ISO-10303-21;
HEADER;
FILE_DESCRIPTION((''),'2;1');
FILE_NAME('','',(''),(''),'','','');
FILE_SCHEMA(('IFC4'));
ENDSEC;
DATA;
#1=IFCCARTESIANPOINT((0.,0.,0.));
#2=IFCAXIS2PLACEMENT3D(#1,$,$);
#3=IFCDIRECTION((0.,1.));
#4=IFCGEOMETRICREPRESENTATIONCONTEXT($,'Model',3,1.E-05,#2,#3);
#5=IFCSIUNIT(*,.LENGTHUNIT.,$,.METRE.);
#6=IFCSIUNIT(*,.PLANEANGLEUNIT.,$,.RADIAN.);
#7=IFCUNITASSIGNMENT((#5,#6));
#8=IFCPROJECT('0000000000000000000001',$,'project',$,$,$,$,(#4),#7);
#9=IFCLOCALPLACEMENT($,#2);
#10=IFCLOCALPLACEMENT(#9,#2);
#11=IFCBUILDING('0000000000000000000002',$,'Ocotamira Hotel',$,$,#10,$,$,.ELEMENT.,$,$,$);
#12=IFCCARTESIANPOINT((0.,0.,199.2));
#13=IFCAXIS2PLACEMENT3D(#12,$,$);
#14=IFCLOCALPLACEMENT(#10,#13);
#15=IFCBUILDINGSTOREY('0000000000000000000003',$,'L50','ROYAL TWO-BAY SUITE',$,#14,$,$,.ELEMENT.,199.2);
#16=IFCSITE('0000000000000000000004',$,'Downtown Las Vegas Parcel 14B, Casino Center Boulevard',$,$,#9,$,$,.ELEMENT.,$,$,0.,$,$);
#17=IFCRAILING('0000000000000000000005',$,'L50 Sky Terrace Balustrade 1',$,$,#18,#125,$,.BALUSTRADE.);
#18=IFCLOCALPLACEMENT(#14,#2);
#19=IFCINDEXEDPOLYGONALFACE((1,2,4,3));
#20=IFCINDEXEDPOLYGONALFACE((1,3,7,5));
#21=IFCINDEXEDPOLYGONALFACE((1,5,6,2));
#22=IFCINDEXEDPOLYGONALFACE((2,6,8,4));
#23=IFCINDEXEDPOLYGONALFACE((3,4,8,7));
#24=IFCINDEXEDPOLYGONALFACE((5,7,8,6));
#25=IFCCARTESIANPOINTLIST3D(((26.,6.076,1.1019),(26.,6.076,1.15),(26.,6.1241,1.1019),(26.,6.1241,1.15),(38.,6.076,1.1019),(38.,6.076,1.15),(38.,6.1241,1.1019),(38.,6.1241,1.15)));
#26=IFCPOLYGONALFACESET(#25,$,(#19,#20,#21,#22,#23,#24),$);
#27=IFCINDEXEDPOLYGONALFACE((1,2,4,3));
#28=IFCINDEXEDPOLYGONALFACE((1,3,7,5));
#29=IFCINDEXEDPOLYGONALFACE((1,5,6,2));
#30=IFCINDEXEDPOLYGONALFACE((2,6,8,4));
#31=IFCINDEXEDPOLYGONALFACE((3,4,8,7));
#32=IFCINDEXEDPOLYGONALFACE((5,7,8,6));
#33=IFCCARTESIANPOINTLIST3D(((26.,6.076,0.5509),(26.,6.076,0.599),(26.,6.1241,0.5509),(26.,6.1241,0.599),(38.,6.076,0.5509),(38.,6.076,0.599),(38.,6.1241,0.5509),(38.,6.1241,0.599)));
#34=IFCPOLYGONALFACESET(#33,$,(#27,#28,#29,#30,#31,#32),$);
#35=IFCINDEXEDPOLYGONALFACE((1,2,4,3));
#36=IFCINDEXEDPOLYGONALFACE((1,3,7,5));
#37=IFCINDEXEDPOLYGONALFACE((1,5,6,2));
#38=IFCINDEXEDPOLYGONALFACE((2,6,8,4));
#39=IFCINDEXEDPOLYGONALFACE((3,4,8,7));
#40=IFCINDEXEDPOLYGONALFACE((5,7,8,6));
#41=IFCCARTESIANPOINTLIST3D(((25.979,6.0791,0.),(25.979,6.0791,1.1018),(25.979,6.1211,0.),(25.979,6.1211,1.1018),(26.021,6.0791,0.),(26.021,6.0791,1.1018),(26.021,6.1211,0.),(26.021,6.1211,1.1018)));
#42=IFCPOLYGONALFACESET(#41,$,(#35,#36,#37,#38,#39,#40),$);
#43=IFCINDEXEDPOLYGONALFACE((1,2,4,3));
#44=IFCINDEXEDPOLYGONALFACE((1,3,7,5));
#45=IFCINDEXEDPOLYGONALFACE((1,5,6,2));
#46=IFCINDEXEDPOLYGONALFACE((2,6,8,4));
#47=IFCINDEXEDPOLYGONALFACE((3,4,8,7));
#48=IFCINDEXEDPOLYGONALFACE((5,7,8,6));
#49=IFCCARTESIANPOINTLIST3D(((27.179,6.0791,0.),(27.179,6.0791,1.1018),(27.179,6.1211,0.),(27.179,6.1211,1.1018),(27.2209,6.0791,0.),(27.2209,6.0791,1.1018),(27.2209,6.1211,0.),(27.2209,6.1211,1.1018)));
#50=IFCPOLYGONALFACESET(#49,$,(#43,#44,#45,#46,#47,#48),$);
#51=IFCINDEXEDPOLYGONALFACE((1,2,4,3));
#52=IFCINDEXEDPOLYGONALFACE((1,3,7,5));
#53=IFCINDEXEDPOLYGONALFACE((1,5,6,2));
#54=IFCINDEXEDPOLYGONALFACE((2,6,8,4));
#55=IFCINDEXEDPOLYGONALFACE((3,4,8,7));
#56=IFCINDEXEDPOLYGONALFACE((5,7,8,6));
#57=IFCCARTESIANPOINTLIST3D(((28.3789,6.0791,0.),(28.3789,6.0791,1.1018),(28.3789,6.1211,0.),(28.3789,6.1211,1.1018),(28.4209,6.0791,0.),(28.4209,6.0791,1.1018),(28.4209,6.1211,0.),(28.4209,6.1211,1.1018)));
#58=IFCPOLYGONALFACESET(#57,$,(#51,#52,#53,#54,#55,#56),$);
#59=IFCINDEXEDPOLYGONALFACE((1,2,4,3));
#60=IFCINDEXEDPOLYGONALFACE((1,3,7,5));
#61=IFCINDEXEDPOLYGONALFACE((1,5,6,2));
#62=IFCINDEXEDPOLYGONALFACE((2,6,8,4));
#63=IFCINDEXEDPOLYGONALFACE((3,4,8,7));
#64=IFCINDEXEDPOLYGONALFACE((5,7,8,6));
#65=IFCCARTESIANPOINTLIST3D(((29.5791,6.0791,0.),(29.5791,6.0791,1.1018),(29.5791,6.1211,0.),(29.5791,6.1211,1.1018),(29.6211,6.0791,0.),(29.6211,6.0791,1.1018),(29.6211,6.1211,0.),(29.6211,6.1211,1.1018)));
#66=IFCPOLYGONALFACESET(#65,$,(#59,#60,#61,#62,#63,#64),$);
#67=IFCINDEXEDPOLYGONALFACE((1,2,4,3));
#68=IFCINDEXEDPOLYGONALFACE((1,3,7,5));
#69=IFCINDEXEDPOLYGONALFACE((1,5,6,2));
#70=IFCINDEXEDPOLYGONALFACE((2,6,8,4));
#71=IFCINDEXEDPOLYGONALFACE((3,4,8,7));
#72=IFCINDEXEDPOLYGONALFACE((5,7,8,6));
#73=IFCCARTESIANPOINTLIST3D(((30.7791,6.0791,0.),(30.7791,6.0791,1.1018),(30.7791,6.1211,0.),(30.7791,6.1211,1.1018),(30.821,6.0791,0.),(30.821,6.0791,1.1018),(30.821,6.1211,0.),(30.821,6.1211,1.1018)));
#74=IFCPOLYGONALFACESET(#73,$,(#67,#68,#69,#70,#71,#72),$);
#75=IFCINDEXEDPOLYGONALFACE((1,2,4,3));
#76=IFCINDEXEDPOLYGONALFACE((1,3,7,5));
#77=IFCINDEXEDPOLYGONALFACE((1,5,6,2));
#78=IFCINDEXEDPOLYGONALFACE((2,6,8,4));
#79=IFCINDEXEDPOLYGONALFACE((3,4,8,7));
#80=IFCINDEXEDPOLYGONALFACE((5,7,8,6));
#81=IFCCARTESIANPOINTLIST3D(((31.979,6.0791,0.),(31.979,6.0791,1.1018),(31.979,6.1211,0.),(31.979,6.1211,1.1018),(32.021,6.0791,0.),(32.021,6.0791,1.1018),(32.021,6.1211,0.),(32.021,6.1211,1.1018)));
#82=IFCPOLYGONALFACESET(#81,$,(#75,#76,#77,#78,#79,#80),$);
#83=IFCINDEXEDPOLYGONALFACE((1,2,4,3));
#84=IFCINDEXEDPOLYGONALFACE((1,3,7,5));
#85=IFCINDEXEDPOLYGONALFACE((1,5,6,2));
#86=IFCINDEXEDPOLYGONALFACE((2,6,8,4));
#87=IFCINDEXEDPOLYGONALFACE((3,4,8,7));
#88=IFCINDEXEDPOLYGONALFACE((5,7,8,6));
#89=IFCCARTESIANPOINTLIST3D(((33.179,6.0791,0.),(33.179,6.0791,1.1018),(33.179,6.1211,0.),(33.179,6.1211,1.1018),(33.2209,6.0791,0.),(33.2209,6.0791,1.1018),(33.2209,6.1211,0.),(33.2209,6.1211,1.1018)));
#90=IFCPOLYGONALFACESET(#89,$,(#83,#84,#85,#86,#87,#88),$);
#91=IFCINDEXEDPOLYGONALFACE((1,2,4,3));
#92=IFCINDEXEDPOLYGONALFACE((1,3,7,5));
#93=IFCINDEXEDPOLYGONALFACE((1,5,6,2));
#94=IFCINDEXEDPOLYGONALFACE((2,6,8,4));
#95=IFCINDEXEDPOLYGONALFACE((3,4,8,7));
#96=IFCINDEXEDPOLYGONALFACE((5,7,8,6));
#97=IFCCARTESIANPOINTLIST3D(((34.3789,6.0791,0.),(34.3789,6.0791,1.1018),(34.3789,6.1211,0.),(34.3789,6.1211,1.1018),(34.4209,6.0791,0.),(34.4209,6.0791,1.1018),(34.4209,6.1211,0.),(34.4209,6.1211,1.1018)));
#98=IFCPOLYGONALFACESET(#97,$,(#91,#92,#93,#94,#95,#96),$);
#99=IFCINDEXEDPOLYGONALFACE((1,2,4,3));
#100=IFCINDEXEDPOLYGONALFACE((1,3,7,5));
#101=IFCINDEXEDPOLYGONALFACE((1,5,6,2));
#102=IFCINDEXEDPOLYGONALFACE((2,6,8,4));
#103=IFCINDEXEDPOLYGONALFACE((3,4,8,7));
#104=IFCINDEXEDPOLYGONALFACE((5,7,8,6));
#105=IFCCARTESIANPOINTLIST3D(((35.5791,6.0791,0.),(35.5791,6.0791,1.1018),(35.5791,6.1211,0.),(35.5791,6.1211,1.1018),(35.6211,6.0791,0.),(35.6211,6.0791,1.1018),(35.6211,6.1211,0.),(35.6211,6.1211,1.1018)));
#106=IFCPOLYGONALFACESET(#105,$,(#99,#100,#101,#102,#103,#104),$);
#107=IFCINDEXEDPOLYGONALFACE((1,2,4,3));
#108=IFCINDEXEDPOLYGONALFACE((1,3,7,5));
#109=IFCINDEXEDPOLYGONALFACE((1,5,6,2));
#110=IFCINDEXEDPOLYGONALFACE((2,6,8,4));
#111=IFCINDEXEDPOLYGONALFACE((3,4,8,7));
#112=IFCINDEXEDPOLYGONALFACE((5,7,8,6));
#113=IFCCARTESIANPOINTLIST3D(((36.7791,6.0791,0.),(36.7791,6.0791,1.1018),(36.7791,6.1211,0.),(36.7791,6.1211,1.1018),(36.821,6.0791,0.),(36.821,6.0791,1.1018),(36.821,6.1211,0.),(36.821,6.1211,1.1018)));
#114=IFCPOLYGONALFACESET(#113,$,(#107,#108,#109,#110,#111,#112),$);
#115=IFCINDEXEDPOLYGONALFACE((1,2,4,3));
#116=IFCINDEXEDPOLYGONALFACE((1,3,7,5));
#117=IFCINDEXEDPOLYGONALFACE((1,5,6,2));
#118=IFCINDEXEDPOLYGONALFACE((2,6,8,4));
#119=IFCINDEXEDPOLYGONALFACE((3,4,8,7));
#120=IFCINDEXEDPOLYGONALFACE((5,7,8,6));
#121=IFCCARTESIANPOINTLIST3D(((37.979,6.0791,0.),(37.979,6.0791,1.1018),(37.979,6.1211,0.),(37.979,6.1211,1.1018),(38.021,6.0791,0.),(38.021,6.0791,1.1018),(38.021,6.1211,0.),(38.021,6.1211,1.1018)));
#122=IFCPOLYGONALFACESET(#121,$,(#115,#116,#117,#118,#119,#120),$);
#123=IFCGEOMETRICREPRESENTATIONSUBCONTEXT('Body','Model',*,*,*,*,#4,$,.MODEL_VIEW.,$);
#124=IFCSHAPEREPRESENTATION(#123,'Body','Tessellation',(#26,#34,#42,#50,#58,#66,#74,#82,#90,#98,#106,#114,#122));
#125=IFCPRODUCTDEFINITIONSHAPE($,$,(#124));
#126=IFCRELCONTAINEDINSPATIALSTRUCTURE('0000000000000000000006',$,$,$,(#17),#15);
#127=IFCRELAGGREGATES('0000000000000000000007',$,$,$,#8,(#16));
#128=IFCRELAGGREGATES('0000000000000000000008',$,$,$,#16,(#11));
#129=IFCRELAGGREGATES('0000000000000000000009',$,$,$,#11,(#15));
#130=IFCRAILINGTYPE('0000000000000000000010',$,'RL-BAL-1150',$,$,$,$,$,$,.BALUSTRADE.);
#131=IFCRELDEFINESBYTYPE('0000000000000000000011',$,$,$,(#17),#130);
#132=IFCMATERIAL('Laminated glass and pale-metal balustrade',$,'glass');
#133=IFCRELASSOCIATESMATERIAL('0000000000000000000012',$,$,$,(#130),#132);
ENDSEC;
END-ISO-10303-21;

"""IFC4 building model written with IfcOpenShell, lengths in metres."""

from ifc_helpers import new_model, si_unit, direction, frame, origin, origin_2d, place, context, subcontext, project, spatial, rectangle, extrude, material, type_object, element, save


model = new_model("IFC4")

# Units and contexts
model_context = context("Model", 3, precision=1e-05, world=origin(), true_north=direction((0.0, 1.0)))
body_context = subcontext(model_context, "Body", "Model", "MODEL_VIEW")
ifc_project = project(units=[si_unit("LENGTHUNIT", "METRE"), si_unit("PLANEANGLEUNIT", "RADIAN")], contexts=[model_context])

# Site, building, storey
site_placement = place(None, origin())
site = spatial("IfcSite", under=ifc_project, at=site_placement, Name="Downtown Las Vegas Parcel 14B, Casino Center Boulevard", CompositionType="ELEMENT", RefElevation=0.0)
building_placement = place(site_placement, origin())
building = spatial("IfcBuilding", under=site, at=building_placement, Name="Ocotamira Hotel", CompositionType="ELEMENT")
storey_placement = place(building_placement, frame((0.0, 0.0, 199.2)))
storey = spatial("IfcBuildingStorey", under=building, at=storey_placement, Name="L50", Description="ROYAL TWO-BAY SUITE", CompositionType="ELEMENT", Elevation=199.2)

# Railing
ifc_material_1 = material(Name="Laminated glass and pale-metal balustrade", Category="glass")
railing_type_1 = type_object("IfcRailingType", Name="RL-BAL-1150", PredefinedType="BALUSTRADE", material=ifc_material_1)
railing_1_placement = place(storey_placement, frame((26.0, 6.1001, 0.0)))
element("IfcRailing", 1, at=railing_1_placement, inside=storey, type_object=railing_type_1, Name="L50 Sky Terrace Balustrade 1", PredefinedType="BALUSTRADE", context=body_context, shape_type="SweptSolid", body=[
    extrude(rectangle(XDim=0.0481, YDim=0.0481, at=origin_2d()), frame((0.0, 0.0, 1.126), z_axis=(1.0, 0.0, 0.0), x_axis=(0.0, 1.0, 0.0)), (0.0, 0.0, 1.0), 12.0),
    extrude(rectangle(XDim=0.0481, YDim=0.0481, at=origin_2d()), frame((0.0, 0.0, 0.575), z_axis=(1.0, 0.0, 0.0), x_axis=(0.0, 1.0, 0.0)), (0.0, 0.0, 1.0), 12.0),
    extrude(rectangle(XDim=0.042, YDim=0.042, at=origin_2d()), origin(), (0.0, 0.0, 1.0), 1.1018),
    extrude(rectangle(XDim=0.042, YDim=0.042, at=origin_2d()), frame((1.2, 0.0, 0.0)), (0.0, 0.0, 1.0), 1.1018),
    extrude(rectangle(XDim=0.042, YDim=0.042, at=origin_2d()), frame((2.3999, 0.0, 0.0)), (0.0, 0.0, 1.0), 1.1018),
    extrude(rectangle(XDim=0.042, YDim=0.042, at=origin_2d()), frame((3.6001, 0.0, 0.0)), (0.0, 0.0, 1.0), 1.1018),
    extrude(rectangle(XDim=0.042, YDim=0.042, at=origin_2d()), frame((4.8, 0.0, 0.0)), (0.0, 0.0, 1.0), 1.1018),
    extrude(rectangle(XDim=0.042, YDim=0.042, at=origin_2d()), frame((6.0, 0.0, 0.0)), (0.0, 0.0, 1.0), 1.1018),
    extrude(rectangle(XDim=0.042, YDim=0.042, at=origin_2d()), frame((7.2, 0.0, 0.0)), (0.0, 0.0, 1.0), 1.1018),
    extrude(rectangle(XDim=0.042, YDim=0.042, at=origin_2d()), frame((8.3999, 0.0, 0.0)), (0.0, 0.0, 1.0), 1.1018),
    extrude(rectangle(XDim=0.042, YDim=0.042, at=origin_2d()), frame((9.6001, 0.0, 0.0)), (0.0, 0.0, 1.0), 1.1018),
    extrude(rectangle(XDim=0.042, YDim=0.042, at=origin_2d()), frame((10.8, 0.0, 0.0)), (0.0, 0.0, 1.0), 1.1018),
    extrude(rectangle(XDim=0.042, YDim=0.042, at=origin_2d()), frame((12.0, 0.0, 0.0)), (0.0, 0.0, 1.0), 1.1018),
])

save(model, "model.ifc")
